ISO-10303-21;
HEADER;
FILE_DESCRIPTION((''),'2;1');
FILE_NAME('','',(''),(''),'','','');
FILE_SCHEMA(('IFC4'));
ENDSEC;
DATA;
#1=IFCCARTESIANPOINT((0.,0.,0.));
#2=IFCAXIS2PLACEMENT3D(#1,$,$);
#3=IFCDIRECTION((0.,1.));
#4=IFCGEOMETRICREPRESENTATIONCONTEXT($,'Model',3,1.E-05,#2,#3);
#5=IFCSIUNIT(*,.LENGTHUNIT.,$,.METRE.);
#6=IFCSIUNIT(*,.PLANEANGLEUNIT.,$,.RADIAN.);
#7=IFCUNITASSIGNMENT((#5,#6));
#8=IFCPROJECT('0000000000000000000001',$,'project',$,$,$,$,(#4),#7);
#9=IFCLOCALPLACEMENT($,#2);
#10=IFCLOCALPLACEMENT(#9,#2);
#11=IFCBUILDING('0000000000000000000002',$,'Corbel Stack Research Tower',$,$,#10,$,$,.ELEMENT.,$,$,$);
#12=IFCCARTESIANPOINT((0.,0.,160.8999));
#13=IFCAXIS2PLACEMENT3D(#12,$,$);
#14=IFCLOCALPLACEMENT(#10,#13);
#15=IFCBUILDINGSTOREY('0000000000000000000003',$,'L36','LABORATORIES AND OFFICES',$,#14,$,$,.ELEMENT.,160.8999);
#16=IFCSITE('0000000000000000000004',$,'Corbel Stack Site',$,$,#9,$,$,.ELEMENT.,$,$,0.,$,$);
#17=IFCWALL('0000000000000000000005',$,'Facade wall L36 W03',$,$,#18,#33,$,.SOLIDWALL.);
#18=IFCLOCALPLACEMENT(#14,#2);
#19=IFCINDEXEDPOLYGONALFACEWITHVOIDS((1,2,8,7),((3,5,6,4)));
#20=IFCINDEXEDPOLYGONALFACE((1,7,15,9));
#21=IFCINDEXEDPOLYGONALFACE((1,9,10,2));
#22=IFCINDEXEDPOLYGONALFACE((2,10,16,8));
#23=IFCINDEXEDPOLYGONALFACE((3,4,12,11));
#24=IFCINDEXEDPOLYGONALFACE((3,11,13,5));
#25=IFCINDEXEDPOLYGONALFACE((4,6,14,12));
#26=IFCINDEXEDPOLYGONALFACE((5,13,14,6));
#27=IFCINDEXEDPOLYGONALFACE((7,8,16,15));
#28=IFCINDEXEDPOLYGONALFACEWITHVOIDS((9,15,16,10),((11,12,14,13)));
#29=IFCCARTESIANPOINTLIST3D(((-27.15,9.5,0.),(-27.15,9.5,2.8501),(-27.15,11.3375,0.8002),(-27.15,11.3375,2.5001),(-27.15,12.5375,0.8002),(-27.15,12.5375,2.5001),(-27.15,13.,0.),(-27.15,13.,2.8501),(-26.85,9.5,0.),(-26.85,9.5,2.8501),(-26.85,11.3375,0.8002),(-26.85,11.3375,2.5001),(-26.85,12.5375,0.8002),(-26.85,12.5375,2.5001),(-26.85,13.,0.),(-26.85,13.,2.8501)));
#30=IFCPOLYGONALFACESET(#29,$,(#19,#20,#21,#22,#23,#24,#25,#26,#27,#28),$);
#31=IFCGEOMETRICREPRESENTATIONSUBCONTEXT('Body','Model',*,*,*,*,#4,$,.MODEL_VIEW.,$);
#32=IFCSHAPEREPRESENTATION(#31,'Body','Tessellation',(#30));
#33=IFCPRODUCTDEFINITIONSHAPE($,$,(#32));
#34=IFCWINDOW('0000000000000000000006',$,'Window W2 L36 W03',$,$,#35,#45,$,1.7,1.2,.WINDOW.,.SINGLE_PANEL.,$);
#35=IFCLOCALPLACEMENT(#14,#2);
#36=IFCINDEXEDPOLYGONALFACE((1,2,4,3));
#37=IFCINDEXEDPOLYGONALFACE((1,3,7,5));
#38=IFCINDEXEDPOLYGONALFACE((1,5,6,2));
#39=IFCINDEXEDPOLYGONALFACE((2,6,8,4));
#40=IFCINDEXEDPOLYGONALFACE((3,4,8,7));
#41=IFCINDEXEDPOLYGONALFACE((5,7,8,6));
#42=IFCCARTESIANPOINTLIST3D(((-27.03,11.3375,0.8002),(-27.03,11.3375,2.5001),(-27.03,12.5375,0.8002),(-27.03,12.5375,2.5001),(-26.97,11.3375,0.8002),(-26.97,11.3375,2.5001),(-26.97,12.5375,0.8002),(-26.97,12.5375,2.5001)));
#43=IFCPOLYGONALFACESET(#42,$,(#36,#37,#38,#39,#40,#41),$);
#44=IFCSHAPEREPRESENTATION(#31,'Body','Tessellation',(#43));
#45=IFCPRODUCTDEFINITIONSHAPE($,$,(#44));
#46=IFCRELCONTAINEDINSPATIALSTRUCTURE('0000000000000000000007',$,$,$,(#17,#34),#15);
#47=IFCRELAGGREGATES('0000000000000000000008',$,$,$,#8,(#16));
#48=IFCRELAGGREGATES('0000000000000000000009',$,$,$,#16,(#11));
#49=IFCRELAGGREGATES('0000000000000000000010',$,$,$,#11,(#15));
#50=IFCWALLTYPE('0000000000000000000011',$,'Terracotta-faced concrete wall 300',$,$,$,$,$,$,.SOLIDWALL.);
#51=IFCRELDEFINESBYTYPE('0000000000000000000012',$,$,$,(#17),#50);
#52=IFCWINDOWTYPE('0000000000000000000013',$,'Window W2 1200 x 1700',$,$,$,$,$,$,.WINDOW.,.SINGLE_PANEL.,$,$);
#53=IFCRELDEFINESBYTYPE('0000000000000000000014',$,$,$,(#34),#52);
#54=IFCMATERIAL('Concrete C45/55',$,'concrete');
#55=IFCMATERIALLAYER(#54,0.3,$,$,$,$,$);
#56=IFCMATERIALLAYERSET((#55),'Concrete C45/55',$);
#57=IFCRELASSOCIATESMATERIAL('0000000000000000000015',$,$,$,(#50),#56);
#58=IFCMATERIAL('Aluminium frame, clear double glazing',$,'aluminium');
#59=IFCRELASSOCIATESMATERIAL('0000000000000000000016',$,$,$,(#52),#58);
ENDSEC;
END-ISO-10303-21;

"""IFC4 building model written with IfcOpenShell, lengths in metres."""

from ifc_helpers import new_model, si_unit, direction, frame, frame_2d, origin, place, context, subcontext, project, spatial, rectangle, extrude, material, layer, layer_set, type_object, element, fill, save


model = new_model("IFC4")

# Units and contexts
model_context = context("Model", 3, precision=1e-05, world=origin(), true_north=direction((0.0, 1.0)))
body_context = subcontext(model_context, "Body", "Model", "MODEL_VIEW")
ifc_project = project(units=[si_unit("LENGTHUNIT", "METRE"), si_unit("PLANEANGLEUNIT", "RADIAN")], contexts=[model_context])

# Site, building, storey
site_placement = place(None, origin())
site = spatial("IfcSite", under=ifc_project, at=site_placement, Name="Corbel Stack Site", CompositionType="ELEMENT", RefElevation=0.0)
building_placement = place(site_placement, origin())
building = spatial("IfcBuilding", under=site, at=building_placement, Name="Corbel Stack Research Tower", CompositionType="ELEMENT")
storey_placement = place(building_placement, frame((0.0, 0.0, 160.8999)))
storey = spatial("IfcBuildingStorey", under=building, at=storey_placement, Name="L36", Description="LABORATORIES AND OFFICES", CompositionType="ELEMENT", Elevation=160.8999)

# Shared definitions
ifc_material_1 = material(Name="Concrete C45/55", Category="concrete")
ifc_layer_1 = layer(ifc_material_1, 0.3)
ifc_layer_set_1 = layer_set([ifc_layer_1], Name="Concrete C45/55")
wall_type_1 = type_object("IfcWallType", Name="Terracotta-faced concrete wall 300", PredefinedType="SOLIDWALL", material=ifc_layer_set_1)

# Wall, opening, window
wall_1_placement = place(storey_placement, frame((-27.0, 9.5, 0.0), z_axis=(0.0, 0.0, 1.0), x_axis=(0.0, 1.0, 0.0)))
wall_1 = element("IfcWall", 1, at=wall_1_placement, inside=storey, type_object=wall_type_1, Name="Facade wall L36 W03", PredefinedType="SOLIDWALL", context=body_context, shape_type="SweptSolid", body=[
    extrude(rectangle(XDim=3.5, YDim=0.3, at=frame_2d((1.75, 0.0))), origin(), (0.0, 0.0, 1.0), 2.8501),
])
opening_1_placement = place(wall_1_placement, frame((1.8374, 0.0, 0.8)))
opening_1 = element("IfcOpeningElement", 2, at=opening_1_placement, cuts=wall_1, PredefinedType="OPENING", context=body_context, shape_type="SweptSolid", body=[
    extrude(rectangle(XDim=1.2, YDim=1.7, at=frame_2d((0.6001, 0.8501))), frame((0.0, 0.1599, 0.0), z_axis=(0.0, -1.0, 0.0), x_axis=(1.0, 0.0, 0.0)), (0.0, 0.0, 1.0), 0.3201),
])
ifc_material_2 = material(Name="Aluminium frame, clear double glazing", Category="aluminium")
window_type = type_object("IfcWindowType", Name="Window W2 1200 x 1700", PartitioningType="SINGLE_PANEL", PredefinedType="WINDOW", material=ifc_material_2)
window_placement = place(opening_1_placement, origin())
window = element("IfcWindow", 3, at=window_placement, inside=storey, type_object=window_type, Name="Window W2 L36 W03", OverallHeight=1.7, OverallWidth=1.2, PartitioningType="SINGLE_PANEL", PredefinedType="WINDOW", context=body_context, shape_type="SweptSolid", body=[
    extrude(rectangle(XDim=1.2, YDim=1.7, at=frame_2d((0.6001, 0.8501))), frame((0.0, 0.03, 0.0), z_axis=(0.0, -1.0, 0.0), x_axis=(1.0, 0.0, 0.0)), (0.0, 0.0, 1.0), 0.0601),
])
fill(opening_1, window)

save(model, "model.ifc")
